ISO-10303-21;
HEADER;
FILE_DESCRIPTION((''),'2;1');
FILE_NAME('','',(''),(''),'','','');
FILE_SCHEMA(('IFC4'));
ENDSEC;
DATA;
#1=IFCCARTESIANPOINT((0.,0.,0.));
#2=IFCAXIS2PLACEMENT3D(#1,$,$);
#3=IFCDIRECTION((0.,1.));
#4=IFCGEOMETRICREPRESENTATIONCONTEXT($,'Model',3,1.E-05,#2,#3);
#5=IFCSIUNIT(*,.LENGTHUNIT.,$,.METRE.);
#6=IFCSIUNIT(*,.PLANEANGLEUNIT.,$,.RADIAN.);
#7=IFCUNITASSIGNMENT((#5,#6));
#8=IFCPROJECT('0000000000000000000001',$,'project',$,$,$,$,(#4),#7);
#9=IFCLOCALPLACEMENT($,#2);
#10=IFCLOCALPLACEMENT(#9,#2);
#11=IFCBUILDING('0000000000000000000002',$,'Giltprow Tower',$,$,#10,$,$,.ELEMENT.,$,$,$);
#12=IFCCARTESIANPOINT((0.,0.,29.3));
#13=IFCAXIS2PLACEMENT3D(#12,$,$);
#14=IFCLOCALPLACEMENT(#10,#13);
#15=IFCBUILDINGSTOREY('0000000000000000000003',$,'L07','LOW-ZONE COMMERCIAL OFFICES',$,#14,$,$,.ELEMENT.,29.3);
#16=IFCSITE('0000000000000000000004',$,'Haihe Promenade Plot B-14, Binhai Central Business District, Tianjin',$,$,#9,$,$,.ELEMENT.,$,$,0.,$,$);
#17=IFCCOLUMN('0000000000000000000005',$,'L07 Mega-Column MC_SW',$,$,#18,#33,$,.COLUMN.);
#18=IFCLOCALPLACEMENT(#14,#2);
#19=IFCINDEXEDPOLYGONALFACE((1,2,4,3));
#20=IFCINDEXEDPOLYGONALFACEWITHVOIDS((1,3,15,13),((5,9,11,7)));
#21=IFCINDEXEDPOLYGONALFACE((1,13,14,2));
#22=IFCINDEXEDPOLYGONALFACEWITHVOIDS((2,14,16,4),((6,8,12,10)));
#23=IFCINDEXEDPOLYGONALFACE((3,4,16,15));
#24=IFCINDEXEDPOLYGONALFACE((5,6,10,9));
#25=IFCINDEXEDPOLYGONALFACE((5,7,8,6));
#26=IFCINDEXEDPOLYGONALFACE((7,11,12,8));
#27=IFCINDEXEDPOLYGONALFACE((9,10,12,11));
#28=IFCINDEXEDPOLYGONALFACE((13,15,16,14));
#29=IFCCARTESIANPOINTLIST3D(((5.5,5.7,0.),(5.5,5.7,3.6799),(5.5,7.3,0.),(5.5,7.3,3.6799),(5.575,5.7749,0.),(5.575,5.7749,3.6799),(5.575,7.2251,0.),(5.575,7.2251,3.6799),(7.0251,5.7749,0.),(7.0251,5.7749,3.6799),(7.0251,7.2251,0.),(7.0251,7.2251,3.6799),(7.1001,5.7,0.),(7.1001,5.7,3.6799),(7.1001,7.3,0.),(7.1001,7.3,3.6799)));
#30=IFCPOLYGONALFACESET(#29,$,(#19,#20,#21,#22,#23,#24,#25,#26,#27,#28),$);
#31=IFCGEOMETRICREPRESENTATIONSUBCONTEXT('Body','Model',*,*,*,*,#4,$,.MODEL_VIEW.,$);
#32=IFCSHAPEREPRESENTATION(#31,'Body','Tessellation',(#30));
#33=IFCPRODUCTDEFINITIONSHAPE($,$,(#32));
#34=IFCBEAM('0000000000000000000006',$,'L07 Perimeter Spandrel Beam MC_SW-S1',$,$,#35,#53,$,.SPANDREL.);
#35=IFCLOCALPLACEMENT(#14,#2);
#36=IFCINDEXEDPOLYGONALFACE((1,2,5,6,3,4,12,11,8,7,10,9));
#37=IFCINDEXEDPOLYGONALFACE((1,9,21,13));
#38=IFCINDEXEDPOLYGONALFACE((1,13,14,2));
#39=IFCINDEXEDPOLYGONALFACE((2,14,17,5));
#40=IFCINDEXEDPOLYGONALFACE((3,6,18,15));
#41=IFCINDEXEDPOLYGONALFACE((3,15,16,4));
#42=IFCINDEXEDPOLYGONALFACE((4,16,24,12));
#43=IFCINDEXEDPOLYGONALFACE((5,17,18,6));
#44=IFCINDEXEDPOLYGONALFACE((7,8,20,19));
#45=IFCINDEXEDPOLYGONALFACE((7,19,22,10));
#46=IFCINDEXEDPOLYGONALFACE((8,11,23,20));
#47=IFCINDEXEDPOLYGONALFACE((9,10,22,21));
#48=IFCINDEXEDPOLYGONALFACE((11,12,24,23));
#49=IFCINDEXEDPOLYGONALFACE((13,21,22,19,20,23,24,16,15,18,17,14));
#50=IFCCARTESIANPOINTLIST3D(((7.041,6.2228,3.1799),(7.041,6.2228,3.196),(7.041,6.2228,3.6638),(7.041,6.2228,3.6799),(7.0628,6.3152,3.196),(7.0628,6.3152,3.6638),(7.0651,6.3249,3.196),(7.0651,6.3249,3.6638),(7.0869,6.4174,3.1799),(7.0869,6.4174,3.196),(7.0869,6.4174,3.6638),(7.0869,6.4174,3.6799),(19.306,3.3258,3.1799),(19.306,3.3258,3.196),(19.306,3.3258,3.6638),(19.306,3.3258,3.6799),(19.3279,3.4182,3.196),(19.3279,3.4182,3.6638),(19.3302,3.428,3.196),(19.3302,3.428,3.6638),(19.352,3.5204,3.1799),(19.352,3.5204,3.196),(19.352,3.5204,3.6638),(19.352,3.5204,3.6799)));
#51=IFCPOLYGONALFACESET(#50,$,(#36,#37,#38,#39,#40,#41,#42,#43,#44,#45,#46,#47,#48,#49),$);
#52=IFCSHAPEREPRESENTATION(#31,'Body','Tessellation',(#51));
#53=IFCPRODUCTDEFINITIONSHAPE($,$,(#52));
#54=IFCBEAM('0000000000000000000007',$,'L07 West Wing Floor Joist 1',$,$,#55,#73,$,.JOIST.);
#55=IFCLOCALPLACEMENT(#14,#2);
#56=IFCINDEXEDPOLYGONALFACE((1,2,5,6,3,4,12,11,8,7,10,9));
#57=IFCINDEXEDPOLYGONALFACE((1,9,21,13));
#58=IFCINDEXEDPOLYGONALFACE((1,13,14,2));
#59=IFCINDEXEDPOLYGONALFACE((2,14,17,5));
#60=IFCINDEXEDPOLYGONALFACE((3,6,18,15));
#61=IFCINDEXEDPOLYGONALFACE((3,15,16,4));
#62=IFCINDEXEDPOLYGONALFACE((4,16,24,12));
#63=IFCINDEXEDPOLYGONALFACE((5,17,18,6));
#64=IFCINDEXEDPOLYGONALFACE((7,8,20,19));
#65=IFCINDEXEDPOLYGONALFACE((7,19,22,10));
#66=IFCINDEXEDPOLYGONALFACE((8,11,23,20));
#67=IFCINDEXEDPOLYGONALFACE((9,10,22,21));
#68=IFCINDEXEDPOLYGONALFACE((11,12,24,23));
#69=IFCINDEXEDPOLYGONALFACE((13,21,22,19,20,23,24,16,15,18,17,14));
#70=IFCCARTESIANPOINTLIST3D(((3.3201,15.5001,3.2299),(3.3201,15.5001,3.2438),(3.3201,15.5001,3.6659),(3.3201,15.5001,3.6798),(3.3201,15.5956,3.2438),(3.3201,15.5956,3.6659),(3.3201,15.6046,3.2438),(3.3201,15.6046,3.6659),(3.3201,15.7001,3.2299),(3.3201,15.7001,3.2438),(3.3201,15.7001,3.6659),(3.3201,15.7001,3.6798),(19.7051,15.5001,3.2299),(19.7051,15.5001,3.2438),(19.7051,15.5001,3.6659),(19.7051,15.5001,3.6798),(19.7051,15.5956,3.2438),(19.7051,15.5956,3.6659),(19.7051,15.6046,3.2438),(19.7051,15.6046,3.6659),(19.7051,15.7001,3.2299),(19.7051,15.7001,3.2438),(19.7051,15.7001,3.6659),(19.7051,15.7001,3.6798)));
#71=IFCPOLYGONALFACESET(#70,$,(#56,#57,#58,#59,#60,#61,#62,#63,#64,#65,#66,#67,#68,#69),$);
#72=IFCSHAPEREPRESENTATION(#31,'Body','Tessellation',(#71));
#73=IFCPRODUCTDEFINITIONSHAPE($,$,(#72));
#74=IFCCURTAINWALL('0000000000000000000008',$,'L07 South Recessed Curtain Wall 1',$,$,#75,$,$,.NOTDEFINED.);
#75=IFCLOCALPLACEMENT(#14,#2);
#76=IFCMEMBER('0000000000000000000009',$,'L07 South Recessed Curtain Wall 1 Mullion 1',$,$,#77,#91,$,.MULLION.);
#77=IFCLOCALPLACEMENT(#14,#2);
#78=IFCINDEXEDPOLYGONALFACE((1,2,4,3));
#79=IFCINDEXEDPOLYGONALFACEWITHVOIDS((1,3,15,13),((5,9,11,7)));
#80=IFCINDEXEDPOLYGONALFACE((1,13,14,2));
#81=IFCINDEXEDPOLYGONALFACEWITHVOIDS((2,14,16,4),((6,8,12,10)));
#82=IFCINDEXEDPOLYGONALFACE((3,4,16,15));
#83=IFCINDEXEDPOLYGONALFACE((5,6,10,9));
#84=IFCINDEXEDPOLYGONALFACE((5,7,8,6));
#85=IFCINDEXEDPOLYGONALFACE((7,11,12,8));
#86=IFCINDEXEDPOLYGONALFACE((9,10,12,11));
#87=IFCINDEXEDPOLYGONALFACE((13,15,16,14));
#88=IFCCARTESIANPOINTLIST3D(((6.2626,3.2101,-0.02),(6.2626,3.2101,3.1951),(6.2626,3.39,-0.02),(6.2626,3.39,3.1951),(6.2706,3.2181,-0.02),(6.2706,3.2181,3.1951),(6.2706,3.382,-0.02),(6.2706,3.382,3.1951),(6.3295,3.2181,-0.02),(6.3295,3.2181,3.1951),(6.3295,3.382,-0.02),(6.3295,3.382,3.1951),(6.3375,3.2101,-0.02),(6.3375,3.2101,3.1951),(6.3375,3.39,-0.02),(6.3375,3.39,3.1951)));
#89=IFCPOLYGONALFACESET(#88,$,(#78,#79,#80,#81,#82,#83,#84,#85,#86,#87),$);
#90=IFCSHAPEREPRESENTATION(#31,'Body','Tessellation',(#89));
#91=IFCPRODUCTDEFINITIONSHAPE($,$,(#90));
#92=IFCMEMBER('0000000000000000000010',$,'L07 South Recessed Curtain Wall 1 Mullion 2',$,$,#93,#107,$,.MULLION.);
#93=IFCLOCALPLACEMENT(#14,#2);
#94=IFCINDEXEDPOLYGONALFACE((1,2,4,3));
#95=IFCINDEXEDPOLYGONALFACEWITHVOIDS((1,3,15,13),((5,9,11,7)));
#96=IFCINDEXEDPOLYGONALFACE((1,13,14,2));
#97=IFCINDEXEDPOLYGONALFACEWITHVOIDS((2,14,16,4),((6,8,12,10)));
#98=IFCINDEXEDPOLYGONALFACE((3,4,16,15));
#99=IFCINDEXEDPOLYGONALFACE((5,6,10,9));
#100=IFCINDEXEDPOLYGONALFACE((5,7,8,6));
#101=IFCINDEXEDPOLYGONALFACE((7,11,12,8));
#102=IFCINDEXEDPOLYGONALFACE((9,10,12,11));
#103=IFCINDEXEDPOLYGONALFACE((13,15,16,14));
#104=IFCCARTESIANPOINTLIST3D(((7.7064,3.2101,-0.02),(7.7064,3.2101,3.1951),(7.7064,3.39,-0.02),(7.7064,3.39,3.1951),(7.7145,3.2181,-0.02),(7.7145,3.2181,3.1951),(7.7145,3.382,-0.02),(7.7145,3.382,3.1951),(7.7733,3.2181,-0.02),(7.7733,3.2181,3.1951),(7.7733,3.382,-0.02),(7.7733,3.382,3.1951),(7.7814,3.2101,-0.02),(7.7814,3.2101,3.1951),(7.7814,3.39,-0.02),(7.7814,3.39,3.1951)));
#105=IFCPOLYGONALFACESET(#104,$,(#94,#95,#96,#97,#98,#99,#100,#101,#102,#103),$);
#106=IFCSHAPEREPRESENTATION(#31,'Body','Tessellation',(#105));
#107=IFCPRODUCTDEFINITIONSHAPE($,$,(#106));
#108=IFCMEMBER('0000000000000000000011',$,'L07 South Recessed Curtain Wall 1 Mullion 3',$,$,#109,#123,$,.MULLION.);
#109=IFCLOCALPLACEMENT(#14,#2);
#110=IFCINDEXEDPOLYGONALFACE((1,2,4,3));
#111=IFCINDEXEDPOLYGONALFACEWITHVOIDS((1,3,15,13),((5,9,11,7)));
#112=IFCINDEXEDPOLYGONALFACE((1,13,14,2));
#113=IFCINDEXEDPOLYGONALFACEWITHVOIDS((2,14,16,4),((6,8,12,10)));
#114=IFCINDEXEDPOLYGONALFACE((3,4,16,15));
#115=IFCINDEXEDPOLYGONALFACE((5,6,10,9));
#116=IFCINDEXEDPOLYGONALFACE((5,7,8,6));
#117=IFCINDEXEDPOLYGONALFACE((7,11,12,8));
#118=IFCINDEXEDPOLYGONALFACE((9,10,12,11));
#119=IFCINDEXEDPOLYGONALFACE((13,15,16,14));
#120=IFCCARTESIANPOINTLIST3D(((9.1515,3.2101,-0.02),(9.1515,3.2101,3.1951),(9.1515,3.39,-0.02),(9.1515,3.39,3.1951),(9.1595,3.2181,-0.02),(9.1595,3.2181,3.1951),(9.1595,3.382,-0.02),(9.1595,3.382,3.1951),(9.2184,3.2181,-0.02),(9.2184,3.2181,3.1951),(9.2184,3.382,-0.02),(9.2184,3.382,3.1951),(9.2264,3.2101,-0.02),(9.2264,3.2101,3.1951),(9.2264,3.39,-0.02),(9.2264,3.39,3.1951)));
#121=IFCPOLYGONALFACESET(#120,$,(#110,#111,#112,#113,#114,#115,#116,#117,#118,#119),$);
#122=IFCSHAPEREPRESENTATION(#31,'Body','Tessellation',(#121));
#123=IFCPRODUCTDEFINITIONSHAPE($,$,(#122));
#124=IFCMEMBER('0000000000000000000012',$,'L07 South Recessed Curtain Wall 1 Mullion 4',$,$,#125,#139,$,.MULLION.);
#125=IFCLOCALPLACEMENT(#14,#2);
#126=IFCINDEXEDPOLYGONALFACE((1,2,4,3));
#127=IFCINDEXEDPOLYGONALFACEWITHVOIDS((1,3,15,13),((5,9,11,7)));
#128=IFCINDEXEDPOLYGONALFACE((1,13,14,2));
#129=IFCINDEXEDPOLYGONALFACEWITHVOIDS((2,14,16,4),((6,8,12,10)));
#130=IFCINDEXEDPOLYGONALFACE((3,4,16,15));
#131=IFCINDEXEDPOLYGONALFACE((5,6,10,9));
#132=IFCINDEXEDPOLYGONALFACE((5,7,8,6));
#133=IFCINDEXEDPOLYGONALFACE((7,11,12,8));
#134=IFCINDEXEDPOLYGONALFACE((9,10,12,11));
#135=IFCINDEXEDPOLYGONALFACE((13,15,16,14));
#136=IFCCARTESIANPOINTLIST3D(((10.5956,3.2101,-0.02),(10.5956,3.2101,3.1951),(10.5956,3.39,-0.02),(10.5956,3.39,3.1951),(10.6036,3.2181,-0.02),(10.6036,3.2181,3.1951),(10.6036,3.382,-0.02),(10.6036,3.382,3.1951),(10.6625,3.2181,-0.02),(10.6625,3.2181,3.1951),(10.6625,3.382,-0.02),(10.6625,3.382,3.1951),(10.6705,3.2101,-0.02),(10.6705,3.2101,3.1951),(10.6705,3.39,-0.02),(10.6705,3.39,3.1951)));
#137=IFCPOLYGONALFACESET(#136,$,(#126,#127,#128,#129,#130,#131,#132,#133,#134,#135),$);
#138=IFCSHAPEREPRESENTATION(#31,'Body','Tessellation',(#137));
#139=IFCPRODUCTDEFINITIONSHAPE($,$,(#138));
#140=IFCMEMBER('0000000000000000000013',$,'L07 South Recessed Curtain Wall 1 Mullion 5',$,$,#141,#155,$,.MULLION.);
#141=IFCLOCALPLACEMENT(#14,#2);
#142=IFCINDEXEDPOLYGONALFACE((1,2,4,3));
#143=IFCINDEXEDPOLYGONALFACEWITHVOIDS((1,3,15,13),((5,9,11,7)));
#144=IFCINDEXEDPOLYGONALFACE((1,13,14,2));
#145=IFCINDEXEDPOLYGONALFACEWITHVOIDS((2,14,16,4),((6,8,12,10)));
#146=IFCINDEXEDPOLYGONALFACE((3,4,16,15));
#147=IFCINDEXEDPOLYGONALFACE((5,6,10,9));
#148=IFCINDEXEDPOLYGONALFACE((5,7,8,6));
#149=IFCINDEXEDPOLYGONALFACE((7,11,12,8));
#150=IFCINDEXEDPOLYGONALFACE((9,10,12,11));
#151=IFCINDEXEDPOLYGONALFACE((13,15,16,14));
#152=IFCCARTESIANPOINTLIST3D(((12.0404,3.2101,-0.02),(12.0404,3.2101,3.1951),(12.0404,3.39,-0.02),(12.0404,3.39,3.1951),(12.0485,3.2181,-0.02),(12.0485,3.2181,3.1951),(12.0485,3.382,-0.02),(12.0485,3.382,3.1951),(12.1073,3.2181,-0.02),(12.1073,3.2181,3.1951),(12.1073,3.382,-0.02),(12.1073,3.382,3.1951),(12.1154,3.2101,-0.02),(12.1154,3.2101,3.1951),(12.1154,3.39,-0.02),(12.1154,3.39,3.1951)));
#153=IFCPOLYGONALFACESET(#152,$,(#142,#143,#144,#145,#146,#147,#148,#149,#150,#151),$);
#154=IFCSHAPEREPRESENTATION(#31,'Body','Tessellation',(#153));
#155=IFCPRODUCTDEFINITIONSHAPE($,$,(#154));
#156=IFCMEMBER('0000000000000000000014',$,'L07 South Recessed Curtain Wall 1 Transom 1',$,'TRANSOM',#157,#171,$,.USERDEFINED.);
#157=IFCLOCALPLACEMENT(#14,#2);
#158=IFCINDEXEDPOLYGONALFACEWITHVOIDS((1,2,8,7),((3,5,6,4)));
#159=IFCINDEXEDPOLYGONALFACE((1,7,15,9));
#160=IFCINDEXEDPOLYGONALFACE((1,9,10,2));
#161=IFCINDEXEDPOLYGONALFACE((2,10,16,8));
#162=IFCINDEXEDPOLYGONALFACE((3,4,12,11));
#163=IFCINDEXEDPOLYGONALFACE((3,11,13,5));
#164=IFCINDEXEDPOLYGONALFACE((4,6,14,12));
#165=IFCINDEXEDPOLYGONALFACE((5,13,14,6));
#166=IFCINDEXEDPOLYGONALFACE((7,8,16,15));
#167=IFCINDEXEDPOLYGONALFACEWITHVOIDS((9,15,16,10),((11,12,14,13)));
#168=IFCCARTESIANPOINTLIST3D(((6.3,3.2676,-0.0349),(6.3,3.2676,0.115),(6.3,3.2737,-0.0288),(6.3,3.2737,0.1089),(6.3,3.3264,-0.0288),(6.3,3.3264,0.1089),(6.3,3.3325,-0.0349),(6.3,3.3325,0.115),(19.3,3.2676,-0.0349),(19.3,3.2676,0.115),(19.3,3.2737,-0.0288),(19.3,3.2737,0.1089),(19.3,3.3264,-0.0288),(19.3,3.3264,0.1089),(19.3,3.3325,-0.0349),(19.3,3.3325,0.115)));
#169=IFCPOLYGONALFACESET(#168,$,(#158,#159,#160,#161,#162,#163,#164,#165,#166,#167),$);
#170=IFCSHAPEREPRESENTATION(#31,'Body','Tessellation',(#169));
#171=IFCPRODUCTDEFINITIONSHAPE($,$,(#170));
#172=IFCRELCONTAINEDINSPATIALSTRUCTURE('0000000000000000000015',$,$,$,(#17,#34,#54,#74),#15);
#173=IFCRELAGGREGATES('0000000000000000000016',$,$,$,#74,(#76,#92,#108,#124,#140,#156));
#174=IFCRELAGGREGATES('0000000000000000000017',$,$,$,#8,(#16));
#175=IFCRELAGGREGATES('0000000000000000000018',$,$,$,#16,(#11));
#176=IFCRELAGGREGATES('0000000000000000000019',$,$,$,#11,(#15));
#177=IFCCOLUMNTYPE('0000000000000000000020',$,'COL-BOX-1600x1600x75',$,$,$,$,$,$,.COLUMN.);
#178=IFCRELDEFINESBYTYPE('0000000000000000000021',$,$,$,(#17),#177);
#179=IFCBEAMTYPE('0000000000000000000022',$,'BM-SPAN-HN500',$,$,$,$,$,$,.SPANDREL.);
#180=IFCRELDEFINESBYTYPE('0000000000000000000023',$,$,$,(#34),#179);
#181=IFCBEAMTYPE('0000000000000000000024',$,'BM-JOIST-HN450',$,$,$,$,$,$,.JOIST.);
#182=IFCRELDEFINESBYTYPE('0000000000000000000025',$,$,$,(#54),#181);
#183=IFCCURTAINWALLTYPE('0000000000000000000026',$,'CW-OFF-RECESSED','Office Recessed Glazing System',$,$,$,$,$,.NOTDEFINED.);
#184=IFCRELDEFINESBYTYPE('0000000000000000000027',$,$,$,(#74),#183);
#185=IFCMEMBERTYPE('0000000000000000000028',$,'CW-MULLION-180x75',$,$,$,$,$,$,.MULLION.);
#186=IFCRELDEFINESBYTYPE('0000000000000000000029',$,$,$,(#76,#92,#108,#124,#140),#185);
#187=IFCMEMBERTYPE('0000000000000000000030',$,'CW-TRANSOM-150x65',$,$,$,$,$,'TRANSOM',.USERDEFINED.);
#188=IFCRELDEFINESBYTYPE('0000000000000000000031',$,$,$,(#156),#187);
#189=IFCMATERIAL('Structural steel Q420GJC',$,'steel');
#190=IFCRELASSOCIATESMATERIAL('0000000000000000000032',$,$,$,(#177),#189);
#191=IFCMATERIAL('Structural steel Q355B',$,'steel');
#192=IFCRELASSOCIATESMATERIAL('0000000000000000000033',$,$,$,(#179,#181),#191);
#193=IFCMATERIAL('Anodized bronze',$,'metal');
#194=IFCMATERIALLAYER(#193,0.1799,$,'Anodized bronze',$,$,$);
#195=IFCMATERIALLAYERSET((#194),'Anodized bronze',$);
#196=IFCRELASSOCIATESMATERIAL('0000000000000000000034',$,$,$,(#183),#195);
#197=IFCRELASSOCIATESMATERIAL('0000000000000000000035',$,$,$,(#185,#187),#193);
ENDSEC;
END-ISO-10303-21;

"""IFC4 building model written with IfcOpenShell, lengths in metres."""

from ifc_helpers import new_model, si_unit, direction, frame, origin, origin_2d, place, context, subcontext, project, spatial, hollow_rectangle, i_section, extrude, source, transform, mapped, material, layer, layer_set, material_profile, profile_set, type_object, element, aggregate, save


model = new_model("IFC4")

# Units and contexts
model_context = context("Model", 3, precision=1e-05, world=origin(), true_north=direction((0.0, 1.0)))
body_context = subcontext(model_context, "Body", "Model", "MODEL_VIEW")
ifc_project = project(units=[si_unit("LENGTHUNIT", "METRE"), si_unit("PLANEANGLEUNIT", "RADIAN")], contexts=[model_context])

# Site, building, storey
site_placement = place(None, origin())
site = spatial("IfcSite", under=ifc_project, at=site_placement, Name="Haihe Promenade Plot B-14, Binhai Central Business District, Tianjin", CompositionType="ELEMENT", RefElevation=0.0)
building_placement = place(site_placement, origin())
building = spatial("IfcBuilding", under=site, at=building_placement, Name="Giltprow Tower", CompositionType="ELEMENT")
storey_placement = place(building_placement, frame((0.0, 0.0, 29.3)))
storey = spatial("IfcBuildingStorey", under=building, at=storey_placement, Name="L07", Description="LOW-ZONE COMMERCIAL OFFICES", CompositionType="ELEMENT", Elevation=29.3)

# Column
ifc_material_1 = material(Name="Structural steel Q420GJC", Category="steel")
ifc_material_profile_1 = material_profile(ifc_material_1, hollow_rectangle(XDim=1.6001, YDim=1.6001, WallThickness=0.075, at=origin_2d()), Name="BOX 1600x1600x75")
ifc_profile_set_1 = profile_set([ifc_material_profile_1], Name="Structural steel Q420GJC")
column_type = type_object("IfcColumnType", Name="COL-BOX-1600x1600x75", PredefinedType="COLUMN", material=ifc_profile_set_1)
shared_shape_1 = source(origin(), body_context, "Body", "SweptSolid", [
    extrude(hollow_rectangle(XDim=1.6001, YDim=1.6001, WallThickness=0.075, at=origin_2d()), origin(), (0.0, 0.0, 1.0), 3.6799),
])
column_placement = place(storey_placement, frame((6.3, 6.5, 0.0), z_axis=(0.0, 0.0, 1.0), x_axis=(1.0, 0.0, 0.0)))
element("IfcColumn", 1, at=column_placement, inside=storey, type_object=column_type, Name="L07 Mega-Column MC_SW", PredefinedType="COLUMN", context=body_context, shape_type="MappedRepresentation", body=[
    mapped(shared_shape_1, transform((0.0, 0.0, 0.0), x_axis=(1.0, 0.0, 0.0), y_axis=(0.0, 1.0, 0.0), z_axis=(0.0, 0.0, 1.0), scale=1.0)),
])

# Beams
ifc_material_2 = material(Name="Structural steel Q355B", Category="steel")
ifc_material_profile_2 = material_profile(ifc_material_2, i_section(OverallWidth=0.2, OverallDepth=0.5, WebThickness=0.01, FlangeThickness=0.0161, at=origin_2d()), Name="HN 500x200x10x16")
ifc_profile_set_2 = profile_set([ifc_material_profile_2], Name="Structural steel Q355B")
beam_type_1 = type_object("IfcBeamType", Name="BM-SPAN-HN500", PredefinedType="SPANDREL", material=ifc_profile_set_2)
shared_shape_2 = source(origin(), body_context, "Body", "SweptSolid", [
    extrude(i_section(OverallWidth=0.2, OverallDepth=0.5, WebThickness=0.01, FlangeThickness=0.0161, at=origin_2d()), origin(), (0.0, 0.0, 1.0), 12.6025),
])
beam_1_placement = place(storey_placement, frame((7.064, 6.3201, 3.4299), z_axis=(0.973221, -0.229871, 0.0), x_axis=(0.229871, 0.973221, 0.0)))
element("IfcBeam", 2, at=beam_1_placement, inside=storey, type_object=beam_type_1, Name="L07 Perimeter Spandrel Beam MC_SW-S1", PredefinedType="SPANDREL", context=body_context, shape_type="MappedRepresentation", body=[
    mapped(shared_shape_2, transform((0.0, 0.0, 0.0), x_axis=(1.0, 0.0, 0.0), y_axis=(0.0, 1.0, 0.0), z_axis=(0.0, 0.0, 1.0), scale=1.0)),
])
ifc_material_profile_3 = material_profile(ifc_material_2, i_section(OverallWidth=0.2, OverallDepth=0.45, WebThickness=0.009, FlangeThickness=0.0139, at=origin_2d()), Name="HN 450x200x9x14")
ifc_profile_set_3 = profile_set([ifc_material_profile_3], Name="Structural steel Q355B")
beam_type_2 = type_object("IfcBeamType", Name="BM-JOIST-HN450", PredefinedType="JOIST", material=ifc_profile_set_3)
shared_shape_3 = source(origin(), body_context, "Body", "SweptSolid", [
    extrude(i_section(OverallWidth=0.2, OverallDepth=0.45, WebThickness=0.009, FlangeThickness=0.0139, at=origin_2d()), origin(), (0.0, 0.0, 1.0), 16.385),
])
beam_2_placement = place(storey_placement, frame((3.3201, 15.6001, 3.4548), z_axis=(1.0, 0.0, 0.0), x_axis=(0.0, 1.0, 0.0)))
element("IfcBeam", 3, at=beam_2_placement, inside=storey, type_object=beam_type_2, Name="L07 West Wing Floor Joist 1", PredefinedType="JOIST", context=body_context, shape_type="MappedRepresentation", body=[
    mapped(shared_shape_3, transform((0.0, 0.0, 0.0), x_axis=(1.0, 0.0, 0.0), y_axis=(0.0, 1.0, 0.0), z_axis=(0.0, 0.0, 1.0), scale=1.0)),
])

# Curtain wall, members
ifc_material_3 = material(Name="Anodized bronze", Category="metal")
ifc_layer_1 = layer(ifc_material_3, 0.1799, Name="Anodized bronze")
ifc_layer_set_1 = layer_set([ifc_layer_1], Name="Anodized bronze")
curtain_wall_type = type_object("IfcCurtainWallType", Name="CW-OFF-RECESSED", Description="Office Recessed Glazing System", PredefinedType="NOTDEFINED", material=ifc_layer_set_1)
curtain_wall_placement = place(storey_placement, origin())
curtain_wall = element("IfcCurtainWall", 4, at=curtain_wall_placement, inside=storey, type_object=curtain_wall_type, Name="L07 South Recessed Curtain Wall 1", PredefinedType="NOTDEFINED")
ifc_material_profile_4 = material_profile(ifc_material_3, hollow_rectangle(XDim=0.075, YDim=0.1799, WallThickness=0.0081, at=origin_2d()), Name="RHS 180x75x8")
ifc_profile_set_4 = profile_set([ifc_material_profile_4], Name="Anodized bronze")
member_type_1 = type_object("IfcMemberType", Name="CW-MULLION-180x75", PredefinedType="MULLION", material=ifc_profile_set_4)
shared_shape_4 = source(origin(), body_context, "Body", "SweptSolid", [
    extrude(hollow_rectangle(XDim=0.075, YDim=0.1799, WallThickness=0.0081, at=origin_2d()), origin(), (0.0, 0.0, 1.0), 3.2151),
])
member_1_placement = place(storey_placement, frame((6.3, 3.3, -0.02), z_axis=(0.0, 0.0, 1.0), x_axis=(1.0, 0.0, 0.0)))
member_1 = element("IfcMember", 5, at=member_1_placement, type_object=member_type_1, Name="L07 South Recessed Curtain Wall 1 Mullion 1", PredefinedType="MULLION", context=body_context, shape_type="MappedRepresentation", body=[
    mapped(shared_shape_4, transform((0.0, 0.0, 0.0), x_axis=(1.0, 0.0, 0.0), y_axis=(0.0, 1.0, 0.0), z_axis=(0.0, 0.0, 1.0), scale=1.0)),
])
member_2_placement = place(storey_placement, frame((7.7439, 3.3, -0.02), z_axis=(0.0, 0.0, 1.0), x_axis=(1.0, 0.0, 0.0)))
member_2 = element("IfcMember", 6, at=member_2_placement, type_object=member_type_1, Name="L07 South Recessed Curtain Wall 1 Mullion 2", PredefinedType="MULLION", context=body_context, shape_type="MappedRepresentation", body=[
    mapped(shared_shape_4, transform((0.0, 0.0, 0.0), x_axis=(1.0, 0.0, 0.0), y_axis=(0.0, 1.0, 0.0), z_axis=(0.0, 0.0, 1.0), scale=1.0)),
])
member_3_placement = place(storey_placement, frame((9.189, 3.3, -0.02), z_axis=(0.0, 0.0, 1.0), x_axis=(1.0, 0.0, 0.0)))
member_3 = element("IfcMember", 7, at=member_3_placement, type_object=member_type_1, Name="L07 South Recessed Curtain Wall 1 Mullion 3", PredefinedType="MULLION", context=body_context, shape_type="MappedRepresentation", body=[
    mapped(shared_shape_4, transform((0.0, 0.0, 0.0), x_axis=(1.0, 0.0, 0.0), y_axis=(0.0, 1.0, 0.0), z_axis=(0.0, 0.0, 1.0), scale=1.0)),
])
member_4_placement = place(storey_placement, frame((10.6331, 3.3, -0.02), z_axis=(0.0, 0.0, 1.0), x_axis=(1.0, 0.0, 0.0)))
member_4 = element("IfcMember", 8, at=member_4_placement, type_object=member_type_1, Name="L07 South Recessed Curtain Wall 1 Mullion 4", PredefinedType="MULLION", context=body_context, shape_type="MappedRepresentation", body=[
    mapped(shared_shape_4, transform((0.0, 0.0, 0.0), x_axis=(1.0, 0.0, 0.0), y_axis=(0.0, 1.0, 0.0), z_axis=(0.0, 0.0, 1.0), scale=1.0)),
])
member_5_placement = place(storey_placement, frame((12.0779, 3.3, -0.02), z_axis=(0.0, 0.0, 1.0), x_axis=(1.0, 0.0, 0.0)))
member_5 = element("IfcMember", 9, at=member_5_placement, type_object=member_type_1, Name="L07 South Recessed Curtain Wall 1 Mullion 5", PredefinedType="MULLION", context=body_context, shape_type="MappedRepresentation", body=[
    mapped(shared_shape_4, transform((0.0, 0.0, 0.0), x_axis=(1.0, 0.0, 0.0), y_axis=(0.0, 1.0, 0.0), z_axis=(0.0, 0.0, 1.0), scale=1.0)),
])
ifc_material_profile_5 = material_profile(ifc_material_3, hollow_rectangle(XDim=0.0649, YDim=0.1499, WallThickness=0.0061, at=origin_2d()), Name="RHS 150x65x6")
ifc_profile_set_5 = profile_set([ifc_material_profile_5], Name="Anodized bronze")
member_type_2 = type_object("IfcMemberType", Name="CW-TRANSOM-150x65", ElementType="TRANSOM", PredefinedType="USERDEFINED", material=ifc_profile_set_5)
shared_shape_5 = source(origin(), body_context, "Body", "SweptSolid", [
    extrude(hollow_rectangle(XDim=0.0649, YDim=0.1499, WallThickness=0.0061, at=origin_2d()), origin(), (0.0, 0.0, 1.0), 13.0),
])
member_6_placement = place(storey_placement, frame((6.3, 3.3, 0.04), z_axis=(1.0, 0.0, 0.0), x_axis=(0.0, 1.0, 0.0)))
member_6 = element("IfcMember", 10, at=member_6_placement, type_object=member_type_2, Name="L07 South Recessed Curtain Wall 1 Transom 1", ObjectType="TRANSOM", PredefinedType="USERDEFINED", context=body_context, shape_type="MappedRepresentation", body=[
    mapped(shared_shape_5, transform((0.0, 0.0, 0.0), x_axis=(1.0, 0.0, 0.0), y_axis=(0.0, 1.0, 0.0), z_axis=(0.0, 0.0, 1.0), scale=1.0)),
])

aggregate(curtain_wall, [member_1, member_2, member_3, member_4, member_5, member_6])

save(model, "model.ifc")
